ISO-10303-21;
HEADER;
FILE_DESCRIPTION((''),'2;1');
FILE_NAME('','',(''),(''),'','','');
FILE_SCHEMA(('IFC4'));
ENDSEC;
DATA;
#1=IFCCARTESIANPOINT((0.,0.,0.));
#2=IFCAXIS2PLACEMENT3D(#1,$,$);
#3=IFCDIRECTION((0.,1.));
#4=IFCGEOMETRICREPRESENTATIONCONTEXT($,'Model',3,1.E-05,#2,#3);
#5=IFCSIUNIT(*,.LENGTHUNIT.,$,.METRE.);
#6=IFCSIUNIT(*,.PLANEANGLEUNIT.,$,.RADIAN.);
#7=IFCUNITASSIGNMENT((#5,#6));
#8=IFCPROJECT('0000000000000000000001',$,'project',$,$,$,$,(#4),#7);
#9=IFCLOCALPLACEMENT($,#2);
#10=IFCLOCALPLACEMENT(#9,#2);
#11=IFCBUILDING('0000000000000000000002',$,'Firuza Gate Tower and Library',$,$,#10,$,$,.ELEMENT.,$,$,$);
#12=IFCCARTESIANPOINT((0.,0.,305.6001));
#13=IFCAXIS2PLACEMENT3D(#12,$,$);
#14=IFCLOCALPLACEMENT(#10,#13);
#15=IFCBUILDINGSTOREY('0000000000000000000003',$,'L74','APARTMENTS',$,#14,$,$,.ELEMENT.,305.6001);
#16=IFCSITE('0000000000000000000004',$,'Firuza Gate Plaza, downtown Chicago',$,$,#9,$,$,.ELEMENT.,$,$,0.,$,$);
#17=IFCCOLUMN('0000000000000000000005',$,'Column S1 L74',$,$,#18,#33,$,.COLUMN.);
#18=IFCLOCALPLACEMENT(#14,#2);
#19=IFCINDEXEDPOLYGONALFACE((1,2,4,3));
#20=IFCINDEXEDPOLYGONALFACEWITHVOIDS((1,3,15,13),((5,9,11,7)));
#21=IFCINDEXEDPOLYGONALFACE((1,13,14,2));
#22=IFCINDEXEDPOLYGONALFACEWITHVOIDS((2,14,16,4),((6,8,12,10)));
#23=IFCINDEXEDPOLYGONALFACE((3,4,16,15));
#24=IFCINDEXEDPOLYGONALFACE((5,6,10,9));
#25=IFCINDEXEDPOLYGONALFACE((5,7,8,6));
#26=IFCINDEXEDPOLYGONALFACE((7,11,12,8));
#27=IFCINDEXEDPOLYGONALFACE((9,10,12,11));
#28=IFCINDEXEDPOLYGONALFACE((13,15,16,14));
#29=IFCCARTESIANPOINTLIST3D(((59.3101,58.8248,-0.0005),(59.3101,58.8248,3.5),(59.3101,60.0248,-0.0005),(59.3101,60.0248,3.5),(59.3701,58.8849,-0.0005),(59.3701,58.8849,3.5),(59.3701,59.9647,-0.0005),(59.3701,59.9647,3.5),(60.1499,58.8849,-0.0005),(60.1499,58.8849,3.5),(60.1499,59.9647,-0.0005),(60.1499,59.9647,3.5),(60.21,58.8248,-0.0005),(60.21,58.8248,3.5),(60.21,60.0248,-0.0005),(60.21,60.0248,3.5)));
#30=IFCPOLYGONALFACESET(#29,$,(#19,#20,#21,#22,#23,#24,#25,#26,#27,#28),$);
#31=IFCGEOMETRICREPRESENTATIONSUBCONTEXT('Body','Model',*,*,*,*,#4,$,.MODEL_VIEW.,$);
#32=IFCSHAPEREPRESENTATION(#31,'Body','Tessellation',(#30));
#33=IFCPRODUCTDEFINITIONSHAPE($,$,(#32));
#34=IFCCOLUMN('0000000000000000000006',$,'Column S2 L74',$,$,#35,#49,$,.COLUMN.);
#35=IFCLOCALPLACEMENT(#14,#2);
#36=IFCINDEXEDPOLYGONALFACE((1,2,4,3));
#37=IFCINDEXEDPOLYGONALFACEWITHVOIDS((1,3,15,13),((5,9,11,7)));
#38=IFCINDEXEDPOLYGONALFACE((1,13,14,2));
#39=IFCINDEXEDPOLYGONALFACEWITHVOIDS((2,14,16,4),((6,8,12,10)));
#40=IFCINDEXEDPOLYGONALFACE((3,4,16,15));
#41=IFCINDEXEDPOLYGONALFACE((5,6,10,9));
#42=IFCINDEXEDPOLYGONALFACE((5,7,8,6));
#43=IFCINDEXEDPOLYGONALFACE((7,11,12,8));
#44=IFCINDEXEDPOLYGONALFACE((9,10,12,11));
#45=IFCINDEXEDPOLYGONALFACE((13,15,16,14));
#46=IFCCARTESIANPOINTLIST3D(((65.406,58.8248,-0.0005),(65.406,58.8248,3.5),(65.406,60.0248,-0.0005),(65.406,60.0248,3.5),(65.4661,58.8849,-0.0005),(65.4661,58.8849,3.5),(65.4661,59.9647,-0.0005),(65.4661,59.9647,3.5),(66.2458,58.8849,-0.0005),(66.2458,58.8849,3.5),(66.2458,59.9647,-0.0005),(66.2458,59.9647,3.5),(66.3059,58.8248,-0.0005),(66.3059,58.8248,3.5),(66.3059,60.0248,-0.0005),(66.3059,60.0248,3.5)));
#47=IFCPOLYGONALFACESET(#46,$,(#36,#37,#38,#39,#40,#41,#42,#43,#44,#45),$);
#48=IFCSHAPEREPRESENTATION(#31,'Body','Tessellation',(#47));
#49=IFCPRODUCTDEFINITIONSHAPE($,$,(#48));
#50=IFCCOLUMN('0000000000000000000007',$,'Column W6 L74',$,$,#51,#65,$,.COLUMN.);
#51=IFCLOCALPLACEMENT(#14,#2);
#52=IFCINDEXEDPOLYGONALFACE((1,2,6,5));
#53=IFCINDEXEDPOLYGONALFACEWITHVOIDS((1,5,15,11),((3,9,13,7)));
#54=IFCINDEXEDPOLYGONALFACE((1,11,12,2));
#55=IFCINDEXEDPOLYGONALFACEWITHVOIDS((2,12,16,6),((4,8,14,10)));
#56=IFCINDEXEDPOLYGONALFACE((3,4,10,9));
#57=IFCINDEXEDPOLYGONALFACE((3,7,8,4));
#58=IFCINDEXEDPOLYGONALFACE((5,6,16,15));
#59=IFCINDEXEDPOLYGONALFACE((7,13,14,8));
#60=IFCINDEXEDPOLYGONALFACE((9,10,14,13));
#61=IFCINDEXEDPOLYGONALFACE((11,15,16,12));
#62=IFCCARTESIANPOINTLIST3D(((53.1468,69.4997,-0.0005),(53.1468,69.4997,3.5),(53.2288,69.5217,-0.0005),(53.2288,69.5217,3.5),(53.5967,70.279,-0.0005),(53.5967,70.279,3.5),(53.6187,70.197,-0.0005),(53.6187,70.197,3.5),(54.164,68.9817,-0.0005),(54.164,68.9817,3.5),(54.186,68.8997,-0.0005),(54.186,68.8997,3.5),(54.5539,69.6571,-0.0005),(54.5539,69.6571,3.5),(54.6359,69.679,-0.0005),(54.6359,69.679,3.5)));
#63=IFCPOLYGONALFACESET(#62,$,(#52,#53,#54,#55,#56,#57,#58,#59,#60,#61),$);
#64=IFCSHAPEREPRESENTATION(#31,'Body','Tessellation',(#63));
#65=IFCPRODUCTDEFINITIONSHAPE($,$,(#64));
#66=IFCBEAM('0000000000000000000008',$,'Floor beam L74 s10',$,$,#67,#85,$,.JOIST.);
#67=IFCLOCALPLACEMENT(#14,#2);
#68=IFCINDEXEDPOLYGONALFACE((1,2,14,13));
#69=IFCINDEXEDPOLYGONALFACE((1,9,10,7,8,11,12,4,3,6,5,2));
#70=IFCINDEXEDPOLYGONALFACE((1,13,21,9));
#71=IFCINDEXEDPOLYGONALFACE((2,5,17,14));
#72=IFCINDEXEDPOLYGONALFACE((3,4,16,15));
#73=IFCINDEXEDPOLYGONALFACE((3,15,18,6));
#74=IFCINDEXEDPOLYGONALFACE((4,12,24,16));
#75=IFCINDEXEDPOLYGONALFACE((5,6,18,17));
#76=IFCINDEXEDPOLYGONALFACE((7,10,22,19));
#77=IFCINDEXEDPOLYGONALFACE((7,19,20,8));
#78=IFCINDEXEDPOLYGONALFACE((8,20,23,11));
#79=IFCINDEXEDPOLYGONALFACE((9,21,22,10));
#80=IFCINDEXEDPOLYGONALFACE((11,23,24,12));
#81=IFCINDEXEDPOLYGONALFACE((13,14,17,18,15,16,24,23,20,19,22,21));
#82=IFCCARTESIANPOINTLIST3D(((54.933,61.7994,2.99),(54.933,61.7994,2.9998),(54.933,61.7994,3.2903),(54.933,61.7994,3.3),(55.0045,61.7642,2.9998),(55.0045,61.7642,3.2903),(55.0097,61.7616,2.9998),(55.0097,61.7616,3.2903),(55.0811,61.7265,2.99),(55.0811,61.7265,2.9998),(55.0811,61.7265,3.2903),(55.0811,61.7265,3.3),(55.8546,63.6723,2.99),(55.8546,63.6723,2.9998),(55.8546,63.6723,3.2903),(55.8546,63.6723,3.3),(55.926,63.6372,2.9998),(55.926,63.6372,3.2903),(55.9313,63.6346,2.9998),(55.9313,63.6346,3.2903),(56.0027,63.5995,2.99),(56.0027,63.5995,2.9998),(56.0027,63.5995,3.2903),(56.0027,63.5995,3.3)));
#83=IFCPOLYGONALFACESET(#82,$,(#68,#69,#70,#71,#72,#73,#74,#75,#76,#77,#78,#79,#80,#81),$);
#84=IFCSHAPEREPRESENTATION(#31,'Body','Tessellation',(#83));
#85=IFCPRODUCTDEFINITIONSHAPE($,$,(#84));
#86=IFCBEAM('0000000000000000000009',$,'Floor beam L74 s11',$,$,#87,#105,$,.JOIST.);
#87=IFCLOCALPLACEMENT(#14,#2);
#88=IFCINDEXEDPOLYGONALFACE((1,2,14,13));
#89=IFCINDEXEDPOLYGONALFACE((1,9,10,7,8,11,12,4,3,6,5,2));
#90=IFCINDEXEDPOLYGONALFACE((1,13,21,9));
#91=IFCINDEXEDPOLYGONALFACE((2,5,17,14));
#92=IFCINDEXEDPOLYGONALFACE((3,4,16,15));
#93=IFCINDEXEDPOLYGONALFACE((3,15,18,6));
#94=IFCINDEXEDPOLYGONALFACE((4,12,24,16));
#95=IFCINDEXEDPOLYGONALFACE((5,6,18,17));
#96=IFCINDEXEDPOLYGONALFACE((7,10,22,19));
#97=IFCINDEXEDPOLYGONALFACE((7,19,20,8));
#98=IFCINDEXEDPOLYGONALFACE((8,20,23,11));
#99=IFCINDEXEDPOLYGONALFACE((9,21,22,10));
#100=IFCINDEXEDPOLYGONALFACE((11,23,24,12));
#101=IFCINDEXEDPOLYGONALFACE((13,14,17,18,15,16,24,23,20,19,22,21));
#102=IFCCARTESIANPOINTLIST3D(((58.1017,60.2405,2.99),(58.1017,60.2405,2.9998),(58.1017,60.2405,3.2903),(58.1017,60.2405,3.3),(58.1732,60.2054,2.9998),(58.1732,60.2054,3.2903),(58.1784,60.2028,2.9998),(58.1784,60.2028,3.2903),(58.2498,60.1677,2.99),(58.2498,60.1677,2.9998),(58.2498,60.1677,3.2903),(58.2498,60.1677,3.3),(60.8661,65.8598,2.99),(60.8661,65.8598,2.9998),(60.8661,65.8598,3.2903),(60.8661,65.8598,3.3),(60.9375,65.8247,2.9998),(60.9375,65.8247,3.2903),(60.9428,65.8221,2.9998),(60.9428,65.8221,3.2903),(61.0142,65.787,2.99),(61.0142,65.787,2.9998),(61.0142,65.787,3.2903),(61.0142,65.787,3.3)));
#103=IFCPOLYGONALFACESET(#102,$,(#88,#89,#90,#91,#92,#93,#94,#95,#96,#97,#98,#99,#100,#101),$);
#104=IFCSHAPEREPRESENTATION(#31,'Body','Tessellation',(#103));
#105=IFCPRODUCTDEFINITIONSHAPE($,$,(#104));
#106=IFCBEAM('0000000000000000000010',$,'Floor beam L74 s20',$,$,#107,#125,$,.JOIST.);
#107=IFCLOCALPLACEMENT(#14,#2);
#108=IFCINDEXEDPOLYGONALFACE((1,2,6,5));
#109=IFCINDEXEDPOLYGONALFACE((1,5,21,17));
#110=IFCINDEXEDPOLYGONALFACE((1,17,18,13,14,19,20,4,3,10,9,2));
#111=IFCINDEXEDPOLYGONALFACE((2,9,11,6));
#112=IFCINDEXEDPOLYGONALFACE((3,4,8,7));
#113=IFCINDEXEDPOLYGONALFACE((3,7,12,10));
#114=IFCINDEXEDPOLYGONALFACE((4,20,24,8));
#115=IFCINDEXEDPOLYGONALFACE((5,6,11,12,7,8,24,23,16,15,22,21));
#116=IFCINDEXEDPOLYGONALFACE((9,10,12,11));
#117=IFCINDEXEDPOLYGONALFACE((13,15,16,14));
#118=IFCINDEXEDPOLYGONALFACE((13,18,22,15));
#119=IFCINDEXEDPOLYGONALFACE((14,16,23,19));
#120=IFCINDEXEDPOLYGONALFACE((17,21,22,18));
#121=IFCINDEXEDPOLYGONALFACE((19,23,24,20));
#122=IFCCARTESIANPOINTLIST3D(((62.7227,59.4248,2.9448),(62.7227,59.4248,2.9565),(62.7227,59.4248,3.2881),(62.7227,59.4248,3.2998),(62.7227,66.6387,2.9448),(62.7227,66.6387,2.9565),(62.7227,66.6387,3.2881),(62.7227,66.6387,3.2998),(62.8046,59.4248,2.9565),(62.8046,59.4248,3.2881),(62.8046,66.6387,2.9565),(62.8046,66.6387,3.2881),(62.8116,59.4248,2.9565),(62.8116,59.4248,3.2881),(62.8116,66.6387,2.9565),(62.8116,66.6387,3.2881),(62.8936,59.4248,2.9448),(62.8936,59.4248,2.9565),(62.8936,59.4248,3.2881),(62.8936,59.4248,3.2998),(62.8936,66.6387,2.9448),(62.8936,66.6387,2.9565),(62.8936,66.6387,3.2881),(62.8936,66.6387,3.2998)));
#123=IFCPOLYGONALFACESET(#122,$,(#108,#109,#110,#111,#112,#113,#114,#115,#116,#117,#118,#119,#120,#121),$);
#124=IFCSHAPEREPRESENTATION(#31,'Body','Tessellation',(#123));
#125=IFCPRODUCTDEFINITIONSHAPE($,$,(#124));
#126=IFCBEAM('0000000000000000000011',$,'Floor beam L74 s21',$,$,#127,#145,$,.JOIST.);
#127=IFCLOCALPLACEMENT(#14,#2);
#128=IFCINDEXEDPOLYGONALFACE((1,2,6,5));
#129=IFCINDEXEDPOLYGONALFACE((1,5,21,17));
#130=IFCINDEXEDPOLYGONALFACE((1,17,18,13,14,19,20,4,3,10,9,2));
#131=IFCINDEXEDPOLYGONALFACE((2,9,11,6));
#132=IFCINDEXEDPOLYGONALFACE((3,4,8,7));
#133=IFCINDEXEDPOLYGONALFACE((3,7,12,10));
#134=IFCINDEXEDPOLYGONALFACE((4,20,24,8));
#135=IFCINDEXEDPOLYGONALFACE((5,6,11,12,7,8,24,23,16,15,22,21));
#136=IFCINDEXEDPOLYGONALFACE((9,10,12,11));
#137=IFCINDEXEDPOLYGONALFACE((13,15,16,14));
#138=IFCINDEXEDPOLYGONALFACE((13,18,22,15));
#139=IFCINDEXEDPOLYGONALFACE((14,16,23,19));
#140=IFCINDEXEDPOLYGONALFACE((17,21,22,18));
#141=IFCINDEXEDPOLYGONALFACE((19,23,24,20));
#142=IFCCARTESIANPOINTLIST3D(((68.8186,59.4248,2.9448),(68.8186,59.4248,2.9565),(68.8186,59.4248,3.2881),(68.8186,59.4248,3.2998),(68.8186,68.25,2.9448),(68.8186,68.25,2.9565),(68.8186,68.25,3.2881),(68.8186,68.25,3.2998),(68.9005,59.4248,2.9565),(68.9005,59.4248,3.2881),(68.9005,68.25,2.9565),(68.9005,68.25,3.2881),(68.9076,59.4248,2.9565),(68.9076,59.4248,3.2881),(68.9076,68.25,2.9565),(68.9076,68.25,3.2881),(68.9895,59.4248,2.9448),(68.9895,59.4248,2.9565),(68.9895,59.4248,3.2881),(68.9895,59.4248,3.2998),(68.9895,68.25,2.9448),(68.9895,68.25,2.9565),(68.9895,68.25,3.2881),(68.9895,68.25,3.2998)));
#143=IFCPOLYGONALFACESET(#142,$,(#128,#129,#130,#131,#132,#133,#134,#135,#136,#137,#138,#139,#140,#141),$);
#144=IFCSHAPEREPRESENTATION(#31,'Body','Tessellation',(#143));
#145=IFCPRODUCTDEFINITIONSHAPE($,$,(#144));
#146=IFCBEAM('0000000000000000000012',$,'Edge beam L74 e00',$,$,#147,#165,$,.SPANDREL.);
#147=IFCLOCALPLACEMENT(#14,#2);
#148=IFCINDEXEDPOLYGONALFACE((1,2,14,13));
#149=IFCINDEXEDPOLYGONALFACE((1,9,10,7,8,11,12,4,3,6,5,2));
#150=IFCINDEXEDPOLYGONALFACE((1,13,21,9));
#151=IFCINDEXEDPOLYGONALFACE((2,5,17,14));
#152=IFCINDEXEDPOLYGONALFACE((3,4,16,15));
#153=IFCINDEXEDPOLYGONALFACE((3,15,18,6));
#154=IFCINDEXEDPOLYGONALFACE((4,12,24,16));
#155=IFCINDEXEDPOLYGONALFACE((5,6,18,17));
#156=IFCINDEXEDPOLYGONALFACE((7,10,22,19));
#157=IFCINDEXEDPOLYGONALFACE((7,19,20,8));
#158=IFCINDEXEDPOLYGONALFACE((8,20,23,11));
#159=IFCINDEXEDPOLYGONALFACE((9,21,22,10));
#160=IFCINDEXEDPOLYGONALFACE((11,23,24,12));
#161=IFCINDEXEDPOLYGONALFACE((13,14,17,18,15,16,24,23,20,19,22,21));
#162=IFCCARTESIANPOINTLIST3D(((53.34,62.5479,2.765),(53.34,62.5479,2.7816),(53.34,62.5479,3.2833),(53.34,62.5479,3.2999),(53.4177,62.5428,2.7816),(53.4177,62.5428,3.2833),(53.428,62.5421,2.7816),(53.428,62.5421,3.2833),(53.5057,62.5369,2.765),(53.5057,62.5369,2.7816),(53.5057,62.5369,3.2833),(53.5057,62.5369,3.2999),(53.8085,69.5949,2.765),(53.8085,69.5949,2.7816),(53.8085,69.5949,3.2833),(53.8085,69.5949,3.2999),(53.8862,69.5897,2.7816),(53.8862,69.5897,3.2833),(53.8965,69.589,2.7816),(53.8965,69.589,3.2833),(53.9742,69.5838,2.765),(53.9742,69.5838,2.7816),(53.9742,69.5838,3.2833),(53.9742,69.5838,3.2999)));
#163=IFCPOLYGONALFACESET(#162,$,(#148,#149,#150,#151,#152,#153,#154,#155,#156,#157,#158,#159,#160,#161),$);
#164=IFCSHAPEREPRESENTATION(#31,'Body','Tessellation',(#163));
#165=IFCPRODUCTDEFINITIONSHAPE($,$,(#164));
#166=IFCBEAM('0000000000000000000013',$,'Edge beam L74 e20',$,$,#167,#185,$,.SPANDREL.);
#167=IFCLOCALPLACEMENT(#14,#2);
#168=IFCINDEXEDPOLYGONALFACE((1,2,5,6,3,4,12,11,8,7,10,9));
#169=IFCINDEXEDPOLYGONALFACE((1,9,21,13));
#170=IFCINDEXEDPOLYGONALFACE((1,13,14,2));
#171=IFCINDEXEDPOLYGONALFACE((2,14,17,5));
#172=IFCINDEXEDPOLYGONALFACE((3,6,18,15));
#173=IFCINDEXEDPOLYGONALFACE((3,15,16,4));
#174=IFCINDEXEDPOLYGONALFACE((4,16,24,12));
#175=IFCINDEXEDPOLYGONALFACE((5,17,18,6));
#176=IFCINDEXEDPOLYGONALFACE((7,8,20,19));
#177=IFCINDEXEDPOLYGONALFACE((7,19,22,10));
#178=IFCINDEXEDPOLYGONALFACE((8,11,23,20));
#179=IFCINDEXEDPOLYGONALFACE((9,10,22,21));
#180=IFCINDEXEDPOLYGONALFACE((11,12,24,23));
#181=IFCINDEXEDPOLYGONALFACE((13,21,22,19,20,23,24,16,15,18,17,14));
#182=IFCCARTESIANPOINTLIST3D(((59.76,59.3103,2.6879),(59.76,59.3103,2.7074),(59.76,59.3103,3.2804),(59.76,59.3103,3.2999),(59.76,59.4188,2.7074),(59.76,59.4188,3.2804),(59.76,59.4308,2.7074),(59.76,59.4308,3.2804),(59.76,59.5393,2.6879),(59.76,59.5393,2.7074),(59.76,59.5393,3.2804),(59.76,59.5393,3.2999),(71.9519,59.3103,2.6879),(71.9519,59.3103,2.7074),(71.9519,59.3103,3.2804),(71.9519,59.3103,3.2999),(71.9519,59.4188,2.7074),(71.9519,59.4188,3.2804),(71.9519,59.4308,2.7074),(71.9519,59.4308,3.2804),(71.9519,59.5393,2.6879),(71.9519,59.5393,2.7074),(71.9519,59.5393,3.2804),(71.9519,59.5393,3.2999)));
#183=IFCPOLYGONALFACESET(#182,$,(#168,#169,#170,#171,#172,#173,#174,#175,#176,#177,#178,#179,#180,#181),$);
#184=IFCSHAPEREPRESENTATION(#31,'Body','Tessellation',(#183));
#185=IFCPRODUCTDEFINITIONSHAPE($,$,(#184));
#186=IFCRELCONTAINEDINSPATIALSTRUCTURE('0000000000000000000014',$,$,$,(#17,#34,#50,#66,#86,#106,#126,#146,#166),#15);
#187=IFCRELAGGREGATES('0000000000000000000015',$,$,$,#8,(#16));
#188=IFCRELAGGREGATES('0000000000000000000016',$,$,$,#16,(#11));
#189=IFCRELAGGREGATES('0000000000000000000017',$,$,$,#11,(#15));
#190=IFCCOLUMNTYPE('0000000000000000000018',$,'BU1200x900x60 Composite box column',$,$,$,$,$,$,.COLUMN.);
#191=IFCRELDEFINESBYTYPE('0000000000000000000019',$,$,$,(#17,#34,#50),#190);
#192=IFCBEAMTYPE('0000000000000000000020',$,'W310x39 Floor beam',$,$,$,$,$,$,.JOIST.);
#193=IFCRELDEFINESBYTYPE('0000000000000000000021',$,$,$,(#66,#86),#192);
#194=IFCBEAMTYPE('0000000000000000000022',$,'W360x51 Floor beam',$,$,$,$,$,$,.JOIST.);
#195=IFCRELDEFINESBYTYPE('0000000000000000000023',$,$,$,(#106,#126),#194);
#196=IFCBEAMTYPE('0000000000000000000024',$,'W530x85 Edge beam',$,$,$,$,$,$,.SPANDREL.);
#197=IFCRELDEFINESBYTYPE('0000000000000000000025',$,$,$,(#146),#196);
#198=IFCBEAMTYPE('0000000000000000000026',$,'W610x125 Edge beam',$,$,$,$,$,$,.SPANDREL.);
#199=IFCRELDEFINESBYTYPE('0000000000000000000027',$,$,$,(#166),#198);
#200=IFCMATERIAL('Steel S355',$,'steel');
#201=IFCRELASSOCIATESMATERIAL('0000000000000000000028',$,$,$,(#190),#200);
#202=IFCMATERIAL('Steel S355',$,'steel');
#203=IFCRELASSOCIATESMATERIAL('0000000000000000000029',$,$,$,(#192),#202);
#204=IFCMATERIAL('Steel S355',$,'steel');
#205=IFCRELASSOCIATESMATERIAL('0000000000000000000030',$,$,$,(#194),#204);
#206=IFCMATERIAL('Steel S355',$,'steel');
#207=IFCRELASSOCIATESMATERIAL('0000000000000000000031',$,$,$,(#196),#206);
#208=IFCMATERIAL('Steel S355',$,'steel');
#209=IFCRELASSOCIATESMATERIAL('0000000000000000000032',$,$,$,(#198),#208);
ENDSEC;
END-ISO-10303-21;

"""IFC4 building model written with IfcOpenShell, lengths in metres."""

from ifc_helpers import new_model, si_unit, direction, frame, origin, origin_2d, place, context, subcontext, project, spatial, hollow_rectangle, i_section, extrude, material, material_profile, profile_set, type_object, element, save


model = new_model("IFC4")

# Units and contexts
model_context = context("Model", 3, precision=1e-05, world=origin(), true_north=direction((0.0, 1.0)))
body_context = subcontext(model_context, "Body", "Model", "MODEL_VIEW")
ifc_project = project(units=[si_unit("LENGTHUNIT", "METRE"), si_unit("PLANEANGLEUNIT", "RADIAN")], contexts=[model_context])

# Site, building, storey
site_placement = place(None, origin())
site = spatial("IfcSite", under=ifc_project, at=site_placement, Name="Firuza Gate Plaza, downtown Chicago", CompositionType="ELEMENT", RefElevation=0.0)
building_placement = place(site_placement, origin())
building = spatial("IfcBuilding", under=site, at=building_placement, Name="Firuza Gate Tower and Library", CompositionType="ELEMENT")
storey_placement = place(building_placement, frame((0.0, 0.0, 305.6001)))
storey = spatial("IfcBuildingStorey", under=building, at=storey_placement, Name="L74", Description="APARTMENTS", CompositionType="ELEMENT", Elevation=305.6001)

# Columns
ifc_material_1 = material(Name="Steel S355", Category="steel")
ifc_material_profile_1 = material_profile(ifc_material_1, hollow_rectangle(XDim=0.8999, YDim=1.2, WallThickness=0.0601, at=origin_2d()))
ifc_profile_set_1 = profile_set([ifc_material_profile_1], Name="Steel S355")
column_type = type_object("IfcColumnType", Name="BU1200x900x60 Composite box column", PredefinedType="COLUMN", material=ifc_profile_set_1)
for number, where, z_axis, x_axis, name in (
    (1, (59.76, 59.4248, -0.0005), (0.0, 0.0, 1.0), (1.0, 0.0, 0.0), "Column S1 L74"),
    (2, (65.856, 59.4248, -0.0005), (0.0, 0.0, 1.0), (1.0, 0.0, 0.0), "Column S2 L74"),
    (3, (53.8914, 69.5894, -0.0005), (0.0, 0.0, 1.0), (-0.5, -0.866025, 0.0), "Column W6 L74"),
):
    element("IfcColumn", number, at=place(storey_placement, frame(where, z_axis=z_axis, x_axis=x_axis)), inside=storey, type_object=column_type, Name=name, PredefinedType="COLUMN", context=body_context, shape_type="SweptSolid", body=[
        extrude(hollow_rectangle(XDim=0.8999, YDim=1.2, WallThickness=0.0601, at=origin_2d()), origin(), (0.0, 0.0, 1.0), 3.5005),
    ])

# Beams
ifc_material_2 = material(Name="Steel S355", Category="steel")
ifc_material_profile_2 = material_profile(ifc_material_2, i_section(OverallWidth=0.165, OverallDepth=0.3101, WebThickness=0.0059, FlangeThickness=0.0098, at=origin_2d()))
ifc_profile_set_2 = profile_set([ifc_material_profile_2], Name="Steel S355")
beam_type_1 = type_object("IfcBeamType", Name="W310x39 Floor beam", PredefinedType="JOIST", material=ifc_profile_set_2)
beam_1_placement = place(storey_placement, frame((55.0071, 61.7629, 3.145), z_axis=(0.441497, 0.897263, 0.0), x_axis=(-0.897263, 0.441497, 0.0)))
element("IfcBeam", 4, at=beam_1_placement, inside=storey, type_object=beam_type_1, Name="Floor beam L74 s10", PredefinedType="JOIST", context=body_context, shape_type="SweptSolid", body=[
    extrude(i_section(OverallWidth=0.165, OverallDepth=0.3101, WebThickness=0.0059, FlangeThickness=0.0098, at=origin_2d()), origin(), (0.0, 0.0, 1.0), 2.0874),
])
beam_2_placement = place(storey_placement, frame((58.1758, 60.2041, 3.145), z_axis=(0.441419, 0.897301, 0.0), x_axis=(-0.897301, 0.441419, 0.0)))
element("IfcBeam", 5, at=beam_2_placement, inside=storey, type_object=beam_type_1, Name="Floor beam L74 s11", PredefinedType="JOIST", context=body_context, shape_type="SweptSolid", body=[
    extrude(i_section(OverallWidth=0.165, OverallDepth=0.3101, WebThickness=0.0059, FlangeThickness=0.0098, at=origin_2d()), origin(), (0.0, 0.0, 1.0), 6.2625),
])
ifc_material_3 = material(Name="Steel S355", Category="steel")
ifc_material_profile_3 = material_profile(ifc_material_3, i_section(OverallWidth=0.1709, OverallDepth=0.355, WebThickness=0.0071, FlangeThickness=0.0117, at=origin_2d()))
ifc_profile_set_3 = profile_set([ifc_material_profile_3], Name="Steel S355")
beam_type_2 = type_object("IfcBeamType", Name="W360x51 Floor beam", PredefinedType="JOIST", material=ifc_profile_set_3)
beam_3_placement = place(storey_placement, frame((62.8081, 59.4248, 3.1223), z_axis=(0.0, 1.0, 0.0), x_axis=(-1.0, 0.0, 0.0)))
element("IfcBeam", 6, at=beam_3_placement, inside=storey, type_object=beam_type_2, Name="Floor beam L74 s20", PredefinedType="JOIST", context=body_context, shape_type="SweptSolid", body=[
    extrude(i_section(OverallWidth=0.1709, OverallDepth=0.355, WebThickness=0.0071, FlangeThickness=0.0117, at=origin_2d()), origin(), (0.0, 0.0, 1.0), 7.2139),
])
beam_4_placement = place(storey_placement, frame((68.9041, 59.4248, 3.1223), z_axis=(0.0, 1.0, 0.0), x_axis=(-1.0, 0.0, 0.0)))
element("IfcBeam", 7, at=beam_4_placement, inside=storey, type_object=beam_type_2, Name="Floor beam L74 s21", PredefinedType="JOIST", context=body_context, shape_type="SweptSolid", body=[
    extrude(i_section(OverallWidth=0.1709, OverallDepth=0.355, WebThickness=0.0071, FlangeThickness=0.0117, at=origin_2d()), origin(), (0.0, 0.0, 1.0), 8.8252),
])
ifc_material_4 = material(Name="Steel S355", Category="steel")
ifc_material_profile_4 = material_profile(ifc_material_4, i_section(OverallWidth=0.166, OverallDepth=0.5349, WebThickness=0.0103, FlangeThickness=0.0166, at=origin_2d()))
ifc_profile_set_4 = profile_set([ifc_material_profile_4], Name="Steel S355")
beam_type_3 = type_object("IfcBeamType", Name="W530x85 Edge beam", PredefinedType="SPANDREL", material=ifc_profile_set_4)
beam_5_placement = place(storey_placement, frame((53.8914, 69.5894, 3.0325), z_axis=(-0.066338, -0.997797, 0.0), x_axis=(0.997797, -0.066338, 0.0)))
element("IfcBeam", 8, at=beam_5_placement, inside=storey, type_object=beam_type_3, Name="Edge beam L74 e00", PredefinedType="SPANDREL", context=body_context, shape_type="SweptSolid", body=[
    extrude(i_section(OverallWidth=0.166, OverallDepth=0.5349, WebThickness=0.0103, FlangeThickness=0.0166, at=origin_2d()), origin(), (0.0, 0.0, 1.0), 7.0625),
])
ifc_material_5 = material(Name="Steel S355", Category="steel")
ifc_material_profile_5 = material_profile(ifc_material_5, i_section(OverallWidth=0.229, OverallDepth=0.6121, WebThickness=0.012, FlangeThickness=0.0195, at=origin_2d()))
ifc_profile_set_5 = profile_set([ifc_material_profile_5], Name="Steel S355")
beam_type_4 = type_object("IfcBeamType", Name="W610x125 Edge beam", PredefinedType="SPANDREL", material=ifc_profile_set_5)
beam_6_placement = place(storey_placement, frame((59.76, 59.4248, 2.9939), z_axis=(1.0, 0.0, 0.0), x_axis=(0.0, 1.0, 0.0)))
element("IfcBeam", 9, at=beam_6_placement, inside=storey, type_object=beam_type_4, Name="Edge beam L74 e20", PredefinedType="SPANDREL", context=body_context, shape_type="SweptSolid", body=[
    extrude(i_section(OverallWidth=0.229, OverallDepth=0.6121, WebThickness=0.012, FlangeThickness=0.0195, at=origin_2d()), origin(), (0.0, 0.0, 1.0), 12.1919),
])

save(model, "model.ifc")
